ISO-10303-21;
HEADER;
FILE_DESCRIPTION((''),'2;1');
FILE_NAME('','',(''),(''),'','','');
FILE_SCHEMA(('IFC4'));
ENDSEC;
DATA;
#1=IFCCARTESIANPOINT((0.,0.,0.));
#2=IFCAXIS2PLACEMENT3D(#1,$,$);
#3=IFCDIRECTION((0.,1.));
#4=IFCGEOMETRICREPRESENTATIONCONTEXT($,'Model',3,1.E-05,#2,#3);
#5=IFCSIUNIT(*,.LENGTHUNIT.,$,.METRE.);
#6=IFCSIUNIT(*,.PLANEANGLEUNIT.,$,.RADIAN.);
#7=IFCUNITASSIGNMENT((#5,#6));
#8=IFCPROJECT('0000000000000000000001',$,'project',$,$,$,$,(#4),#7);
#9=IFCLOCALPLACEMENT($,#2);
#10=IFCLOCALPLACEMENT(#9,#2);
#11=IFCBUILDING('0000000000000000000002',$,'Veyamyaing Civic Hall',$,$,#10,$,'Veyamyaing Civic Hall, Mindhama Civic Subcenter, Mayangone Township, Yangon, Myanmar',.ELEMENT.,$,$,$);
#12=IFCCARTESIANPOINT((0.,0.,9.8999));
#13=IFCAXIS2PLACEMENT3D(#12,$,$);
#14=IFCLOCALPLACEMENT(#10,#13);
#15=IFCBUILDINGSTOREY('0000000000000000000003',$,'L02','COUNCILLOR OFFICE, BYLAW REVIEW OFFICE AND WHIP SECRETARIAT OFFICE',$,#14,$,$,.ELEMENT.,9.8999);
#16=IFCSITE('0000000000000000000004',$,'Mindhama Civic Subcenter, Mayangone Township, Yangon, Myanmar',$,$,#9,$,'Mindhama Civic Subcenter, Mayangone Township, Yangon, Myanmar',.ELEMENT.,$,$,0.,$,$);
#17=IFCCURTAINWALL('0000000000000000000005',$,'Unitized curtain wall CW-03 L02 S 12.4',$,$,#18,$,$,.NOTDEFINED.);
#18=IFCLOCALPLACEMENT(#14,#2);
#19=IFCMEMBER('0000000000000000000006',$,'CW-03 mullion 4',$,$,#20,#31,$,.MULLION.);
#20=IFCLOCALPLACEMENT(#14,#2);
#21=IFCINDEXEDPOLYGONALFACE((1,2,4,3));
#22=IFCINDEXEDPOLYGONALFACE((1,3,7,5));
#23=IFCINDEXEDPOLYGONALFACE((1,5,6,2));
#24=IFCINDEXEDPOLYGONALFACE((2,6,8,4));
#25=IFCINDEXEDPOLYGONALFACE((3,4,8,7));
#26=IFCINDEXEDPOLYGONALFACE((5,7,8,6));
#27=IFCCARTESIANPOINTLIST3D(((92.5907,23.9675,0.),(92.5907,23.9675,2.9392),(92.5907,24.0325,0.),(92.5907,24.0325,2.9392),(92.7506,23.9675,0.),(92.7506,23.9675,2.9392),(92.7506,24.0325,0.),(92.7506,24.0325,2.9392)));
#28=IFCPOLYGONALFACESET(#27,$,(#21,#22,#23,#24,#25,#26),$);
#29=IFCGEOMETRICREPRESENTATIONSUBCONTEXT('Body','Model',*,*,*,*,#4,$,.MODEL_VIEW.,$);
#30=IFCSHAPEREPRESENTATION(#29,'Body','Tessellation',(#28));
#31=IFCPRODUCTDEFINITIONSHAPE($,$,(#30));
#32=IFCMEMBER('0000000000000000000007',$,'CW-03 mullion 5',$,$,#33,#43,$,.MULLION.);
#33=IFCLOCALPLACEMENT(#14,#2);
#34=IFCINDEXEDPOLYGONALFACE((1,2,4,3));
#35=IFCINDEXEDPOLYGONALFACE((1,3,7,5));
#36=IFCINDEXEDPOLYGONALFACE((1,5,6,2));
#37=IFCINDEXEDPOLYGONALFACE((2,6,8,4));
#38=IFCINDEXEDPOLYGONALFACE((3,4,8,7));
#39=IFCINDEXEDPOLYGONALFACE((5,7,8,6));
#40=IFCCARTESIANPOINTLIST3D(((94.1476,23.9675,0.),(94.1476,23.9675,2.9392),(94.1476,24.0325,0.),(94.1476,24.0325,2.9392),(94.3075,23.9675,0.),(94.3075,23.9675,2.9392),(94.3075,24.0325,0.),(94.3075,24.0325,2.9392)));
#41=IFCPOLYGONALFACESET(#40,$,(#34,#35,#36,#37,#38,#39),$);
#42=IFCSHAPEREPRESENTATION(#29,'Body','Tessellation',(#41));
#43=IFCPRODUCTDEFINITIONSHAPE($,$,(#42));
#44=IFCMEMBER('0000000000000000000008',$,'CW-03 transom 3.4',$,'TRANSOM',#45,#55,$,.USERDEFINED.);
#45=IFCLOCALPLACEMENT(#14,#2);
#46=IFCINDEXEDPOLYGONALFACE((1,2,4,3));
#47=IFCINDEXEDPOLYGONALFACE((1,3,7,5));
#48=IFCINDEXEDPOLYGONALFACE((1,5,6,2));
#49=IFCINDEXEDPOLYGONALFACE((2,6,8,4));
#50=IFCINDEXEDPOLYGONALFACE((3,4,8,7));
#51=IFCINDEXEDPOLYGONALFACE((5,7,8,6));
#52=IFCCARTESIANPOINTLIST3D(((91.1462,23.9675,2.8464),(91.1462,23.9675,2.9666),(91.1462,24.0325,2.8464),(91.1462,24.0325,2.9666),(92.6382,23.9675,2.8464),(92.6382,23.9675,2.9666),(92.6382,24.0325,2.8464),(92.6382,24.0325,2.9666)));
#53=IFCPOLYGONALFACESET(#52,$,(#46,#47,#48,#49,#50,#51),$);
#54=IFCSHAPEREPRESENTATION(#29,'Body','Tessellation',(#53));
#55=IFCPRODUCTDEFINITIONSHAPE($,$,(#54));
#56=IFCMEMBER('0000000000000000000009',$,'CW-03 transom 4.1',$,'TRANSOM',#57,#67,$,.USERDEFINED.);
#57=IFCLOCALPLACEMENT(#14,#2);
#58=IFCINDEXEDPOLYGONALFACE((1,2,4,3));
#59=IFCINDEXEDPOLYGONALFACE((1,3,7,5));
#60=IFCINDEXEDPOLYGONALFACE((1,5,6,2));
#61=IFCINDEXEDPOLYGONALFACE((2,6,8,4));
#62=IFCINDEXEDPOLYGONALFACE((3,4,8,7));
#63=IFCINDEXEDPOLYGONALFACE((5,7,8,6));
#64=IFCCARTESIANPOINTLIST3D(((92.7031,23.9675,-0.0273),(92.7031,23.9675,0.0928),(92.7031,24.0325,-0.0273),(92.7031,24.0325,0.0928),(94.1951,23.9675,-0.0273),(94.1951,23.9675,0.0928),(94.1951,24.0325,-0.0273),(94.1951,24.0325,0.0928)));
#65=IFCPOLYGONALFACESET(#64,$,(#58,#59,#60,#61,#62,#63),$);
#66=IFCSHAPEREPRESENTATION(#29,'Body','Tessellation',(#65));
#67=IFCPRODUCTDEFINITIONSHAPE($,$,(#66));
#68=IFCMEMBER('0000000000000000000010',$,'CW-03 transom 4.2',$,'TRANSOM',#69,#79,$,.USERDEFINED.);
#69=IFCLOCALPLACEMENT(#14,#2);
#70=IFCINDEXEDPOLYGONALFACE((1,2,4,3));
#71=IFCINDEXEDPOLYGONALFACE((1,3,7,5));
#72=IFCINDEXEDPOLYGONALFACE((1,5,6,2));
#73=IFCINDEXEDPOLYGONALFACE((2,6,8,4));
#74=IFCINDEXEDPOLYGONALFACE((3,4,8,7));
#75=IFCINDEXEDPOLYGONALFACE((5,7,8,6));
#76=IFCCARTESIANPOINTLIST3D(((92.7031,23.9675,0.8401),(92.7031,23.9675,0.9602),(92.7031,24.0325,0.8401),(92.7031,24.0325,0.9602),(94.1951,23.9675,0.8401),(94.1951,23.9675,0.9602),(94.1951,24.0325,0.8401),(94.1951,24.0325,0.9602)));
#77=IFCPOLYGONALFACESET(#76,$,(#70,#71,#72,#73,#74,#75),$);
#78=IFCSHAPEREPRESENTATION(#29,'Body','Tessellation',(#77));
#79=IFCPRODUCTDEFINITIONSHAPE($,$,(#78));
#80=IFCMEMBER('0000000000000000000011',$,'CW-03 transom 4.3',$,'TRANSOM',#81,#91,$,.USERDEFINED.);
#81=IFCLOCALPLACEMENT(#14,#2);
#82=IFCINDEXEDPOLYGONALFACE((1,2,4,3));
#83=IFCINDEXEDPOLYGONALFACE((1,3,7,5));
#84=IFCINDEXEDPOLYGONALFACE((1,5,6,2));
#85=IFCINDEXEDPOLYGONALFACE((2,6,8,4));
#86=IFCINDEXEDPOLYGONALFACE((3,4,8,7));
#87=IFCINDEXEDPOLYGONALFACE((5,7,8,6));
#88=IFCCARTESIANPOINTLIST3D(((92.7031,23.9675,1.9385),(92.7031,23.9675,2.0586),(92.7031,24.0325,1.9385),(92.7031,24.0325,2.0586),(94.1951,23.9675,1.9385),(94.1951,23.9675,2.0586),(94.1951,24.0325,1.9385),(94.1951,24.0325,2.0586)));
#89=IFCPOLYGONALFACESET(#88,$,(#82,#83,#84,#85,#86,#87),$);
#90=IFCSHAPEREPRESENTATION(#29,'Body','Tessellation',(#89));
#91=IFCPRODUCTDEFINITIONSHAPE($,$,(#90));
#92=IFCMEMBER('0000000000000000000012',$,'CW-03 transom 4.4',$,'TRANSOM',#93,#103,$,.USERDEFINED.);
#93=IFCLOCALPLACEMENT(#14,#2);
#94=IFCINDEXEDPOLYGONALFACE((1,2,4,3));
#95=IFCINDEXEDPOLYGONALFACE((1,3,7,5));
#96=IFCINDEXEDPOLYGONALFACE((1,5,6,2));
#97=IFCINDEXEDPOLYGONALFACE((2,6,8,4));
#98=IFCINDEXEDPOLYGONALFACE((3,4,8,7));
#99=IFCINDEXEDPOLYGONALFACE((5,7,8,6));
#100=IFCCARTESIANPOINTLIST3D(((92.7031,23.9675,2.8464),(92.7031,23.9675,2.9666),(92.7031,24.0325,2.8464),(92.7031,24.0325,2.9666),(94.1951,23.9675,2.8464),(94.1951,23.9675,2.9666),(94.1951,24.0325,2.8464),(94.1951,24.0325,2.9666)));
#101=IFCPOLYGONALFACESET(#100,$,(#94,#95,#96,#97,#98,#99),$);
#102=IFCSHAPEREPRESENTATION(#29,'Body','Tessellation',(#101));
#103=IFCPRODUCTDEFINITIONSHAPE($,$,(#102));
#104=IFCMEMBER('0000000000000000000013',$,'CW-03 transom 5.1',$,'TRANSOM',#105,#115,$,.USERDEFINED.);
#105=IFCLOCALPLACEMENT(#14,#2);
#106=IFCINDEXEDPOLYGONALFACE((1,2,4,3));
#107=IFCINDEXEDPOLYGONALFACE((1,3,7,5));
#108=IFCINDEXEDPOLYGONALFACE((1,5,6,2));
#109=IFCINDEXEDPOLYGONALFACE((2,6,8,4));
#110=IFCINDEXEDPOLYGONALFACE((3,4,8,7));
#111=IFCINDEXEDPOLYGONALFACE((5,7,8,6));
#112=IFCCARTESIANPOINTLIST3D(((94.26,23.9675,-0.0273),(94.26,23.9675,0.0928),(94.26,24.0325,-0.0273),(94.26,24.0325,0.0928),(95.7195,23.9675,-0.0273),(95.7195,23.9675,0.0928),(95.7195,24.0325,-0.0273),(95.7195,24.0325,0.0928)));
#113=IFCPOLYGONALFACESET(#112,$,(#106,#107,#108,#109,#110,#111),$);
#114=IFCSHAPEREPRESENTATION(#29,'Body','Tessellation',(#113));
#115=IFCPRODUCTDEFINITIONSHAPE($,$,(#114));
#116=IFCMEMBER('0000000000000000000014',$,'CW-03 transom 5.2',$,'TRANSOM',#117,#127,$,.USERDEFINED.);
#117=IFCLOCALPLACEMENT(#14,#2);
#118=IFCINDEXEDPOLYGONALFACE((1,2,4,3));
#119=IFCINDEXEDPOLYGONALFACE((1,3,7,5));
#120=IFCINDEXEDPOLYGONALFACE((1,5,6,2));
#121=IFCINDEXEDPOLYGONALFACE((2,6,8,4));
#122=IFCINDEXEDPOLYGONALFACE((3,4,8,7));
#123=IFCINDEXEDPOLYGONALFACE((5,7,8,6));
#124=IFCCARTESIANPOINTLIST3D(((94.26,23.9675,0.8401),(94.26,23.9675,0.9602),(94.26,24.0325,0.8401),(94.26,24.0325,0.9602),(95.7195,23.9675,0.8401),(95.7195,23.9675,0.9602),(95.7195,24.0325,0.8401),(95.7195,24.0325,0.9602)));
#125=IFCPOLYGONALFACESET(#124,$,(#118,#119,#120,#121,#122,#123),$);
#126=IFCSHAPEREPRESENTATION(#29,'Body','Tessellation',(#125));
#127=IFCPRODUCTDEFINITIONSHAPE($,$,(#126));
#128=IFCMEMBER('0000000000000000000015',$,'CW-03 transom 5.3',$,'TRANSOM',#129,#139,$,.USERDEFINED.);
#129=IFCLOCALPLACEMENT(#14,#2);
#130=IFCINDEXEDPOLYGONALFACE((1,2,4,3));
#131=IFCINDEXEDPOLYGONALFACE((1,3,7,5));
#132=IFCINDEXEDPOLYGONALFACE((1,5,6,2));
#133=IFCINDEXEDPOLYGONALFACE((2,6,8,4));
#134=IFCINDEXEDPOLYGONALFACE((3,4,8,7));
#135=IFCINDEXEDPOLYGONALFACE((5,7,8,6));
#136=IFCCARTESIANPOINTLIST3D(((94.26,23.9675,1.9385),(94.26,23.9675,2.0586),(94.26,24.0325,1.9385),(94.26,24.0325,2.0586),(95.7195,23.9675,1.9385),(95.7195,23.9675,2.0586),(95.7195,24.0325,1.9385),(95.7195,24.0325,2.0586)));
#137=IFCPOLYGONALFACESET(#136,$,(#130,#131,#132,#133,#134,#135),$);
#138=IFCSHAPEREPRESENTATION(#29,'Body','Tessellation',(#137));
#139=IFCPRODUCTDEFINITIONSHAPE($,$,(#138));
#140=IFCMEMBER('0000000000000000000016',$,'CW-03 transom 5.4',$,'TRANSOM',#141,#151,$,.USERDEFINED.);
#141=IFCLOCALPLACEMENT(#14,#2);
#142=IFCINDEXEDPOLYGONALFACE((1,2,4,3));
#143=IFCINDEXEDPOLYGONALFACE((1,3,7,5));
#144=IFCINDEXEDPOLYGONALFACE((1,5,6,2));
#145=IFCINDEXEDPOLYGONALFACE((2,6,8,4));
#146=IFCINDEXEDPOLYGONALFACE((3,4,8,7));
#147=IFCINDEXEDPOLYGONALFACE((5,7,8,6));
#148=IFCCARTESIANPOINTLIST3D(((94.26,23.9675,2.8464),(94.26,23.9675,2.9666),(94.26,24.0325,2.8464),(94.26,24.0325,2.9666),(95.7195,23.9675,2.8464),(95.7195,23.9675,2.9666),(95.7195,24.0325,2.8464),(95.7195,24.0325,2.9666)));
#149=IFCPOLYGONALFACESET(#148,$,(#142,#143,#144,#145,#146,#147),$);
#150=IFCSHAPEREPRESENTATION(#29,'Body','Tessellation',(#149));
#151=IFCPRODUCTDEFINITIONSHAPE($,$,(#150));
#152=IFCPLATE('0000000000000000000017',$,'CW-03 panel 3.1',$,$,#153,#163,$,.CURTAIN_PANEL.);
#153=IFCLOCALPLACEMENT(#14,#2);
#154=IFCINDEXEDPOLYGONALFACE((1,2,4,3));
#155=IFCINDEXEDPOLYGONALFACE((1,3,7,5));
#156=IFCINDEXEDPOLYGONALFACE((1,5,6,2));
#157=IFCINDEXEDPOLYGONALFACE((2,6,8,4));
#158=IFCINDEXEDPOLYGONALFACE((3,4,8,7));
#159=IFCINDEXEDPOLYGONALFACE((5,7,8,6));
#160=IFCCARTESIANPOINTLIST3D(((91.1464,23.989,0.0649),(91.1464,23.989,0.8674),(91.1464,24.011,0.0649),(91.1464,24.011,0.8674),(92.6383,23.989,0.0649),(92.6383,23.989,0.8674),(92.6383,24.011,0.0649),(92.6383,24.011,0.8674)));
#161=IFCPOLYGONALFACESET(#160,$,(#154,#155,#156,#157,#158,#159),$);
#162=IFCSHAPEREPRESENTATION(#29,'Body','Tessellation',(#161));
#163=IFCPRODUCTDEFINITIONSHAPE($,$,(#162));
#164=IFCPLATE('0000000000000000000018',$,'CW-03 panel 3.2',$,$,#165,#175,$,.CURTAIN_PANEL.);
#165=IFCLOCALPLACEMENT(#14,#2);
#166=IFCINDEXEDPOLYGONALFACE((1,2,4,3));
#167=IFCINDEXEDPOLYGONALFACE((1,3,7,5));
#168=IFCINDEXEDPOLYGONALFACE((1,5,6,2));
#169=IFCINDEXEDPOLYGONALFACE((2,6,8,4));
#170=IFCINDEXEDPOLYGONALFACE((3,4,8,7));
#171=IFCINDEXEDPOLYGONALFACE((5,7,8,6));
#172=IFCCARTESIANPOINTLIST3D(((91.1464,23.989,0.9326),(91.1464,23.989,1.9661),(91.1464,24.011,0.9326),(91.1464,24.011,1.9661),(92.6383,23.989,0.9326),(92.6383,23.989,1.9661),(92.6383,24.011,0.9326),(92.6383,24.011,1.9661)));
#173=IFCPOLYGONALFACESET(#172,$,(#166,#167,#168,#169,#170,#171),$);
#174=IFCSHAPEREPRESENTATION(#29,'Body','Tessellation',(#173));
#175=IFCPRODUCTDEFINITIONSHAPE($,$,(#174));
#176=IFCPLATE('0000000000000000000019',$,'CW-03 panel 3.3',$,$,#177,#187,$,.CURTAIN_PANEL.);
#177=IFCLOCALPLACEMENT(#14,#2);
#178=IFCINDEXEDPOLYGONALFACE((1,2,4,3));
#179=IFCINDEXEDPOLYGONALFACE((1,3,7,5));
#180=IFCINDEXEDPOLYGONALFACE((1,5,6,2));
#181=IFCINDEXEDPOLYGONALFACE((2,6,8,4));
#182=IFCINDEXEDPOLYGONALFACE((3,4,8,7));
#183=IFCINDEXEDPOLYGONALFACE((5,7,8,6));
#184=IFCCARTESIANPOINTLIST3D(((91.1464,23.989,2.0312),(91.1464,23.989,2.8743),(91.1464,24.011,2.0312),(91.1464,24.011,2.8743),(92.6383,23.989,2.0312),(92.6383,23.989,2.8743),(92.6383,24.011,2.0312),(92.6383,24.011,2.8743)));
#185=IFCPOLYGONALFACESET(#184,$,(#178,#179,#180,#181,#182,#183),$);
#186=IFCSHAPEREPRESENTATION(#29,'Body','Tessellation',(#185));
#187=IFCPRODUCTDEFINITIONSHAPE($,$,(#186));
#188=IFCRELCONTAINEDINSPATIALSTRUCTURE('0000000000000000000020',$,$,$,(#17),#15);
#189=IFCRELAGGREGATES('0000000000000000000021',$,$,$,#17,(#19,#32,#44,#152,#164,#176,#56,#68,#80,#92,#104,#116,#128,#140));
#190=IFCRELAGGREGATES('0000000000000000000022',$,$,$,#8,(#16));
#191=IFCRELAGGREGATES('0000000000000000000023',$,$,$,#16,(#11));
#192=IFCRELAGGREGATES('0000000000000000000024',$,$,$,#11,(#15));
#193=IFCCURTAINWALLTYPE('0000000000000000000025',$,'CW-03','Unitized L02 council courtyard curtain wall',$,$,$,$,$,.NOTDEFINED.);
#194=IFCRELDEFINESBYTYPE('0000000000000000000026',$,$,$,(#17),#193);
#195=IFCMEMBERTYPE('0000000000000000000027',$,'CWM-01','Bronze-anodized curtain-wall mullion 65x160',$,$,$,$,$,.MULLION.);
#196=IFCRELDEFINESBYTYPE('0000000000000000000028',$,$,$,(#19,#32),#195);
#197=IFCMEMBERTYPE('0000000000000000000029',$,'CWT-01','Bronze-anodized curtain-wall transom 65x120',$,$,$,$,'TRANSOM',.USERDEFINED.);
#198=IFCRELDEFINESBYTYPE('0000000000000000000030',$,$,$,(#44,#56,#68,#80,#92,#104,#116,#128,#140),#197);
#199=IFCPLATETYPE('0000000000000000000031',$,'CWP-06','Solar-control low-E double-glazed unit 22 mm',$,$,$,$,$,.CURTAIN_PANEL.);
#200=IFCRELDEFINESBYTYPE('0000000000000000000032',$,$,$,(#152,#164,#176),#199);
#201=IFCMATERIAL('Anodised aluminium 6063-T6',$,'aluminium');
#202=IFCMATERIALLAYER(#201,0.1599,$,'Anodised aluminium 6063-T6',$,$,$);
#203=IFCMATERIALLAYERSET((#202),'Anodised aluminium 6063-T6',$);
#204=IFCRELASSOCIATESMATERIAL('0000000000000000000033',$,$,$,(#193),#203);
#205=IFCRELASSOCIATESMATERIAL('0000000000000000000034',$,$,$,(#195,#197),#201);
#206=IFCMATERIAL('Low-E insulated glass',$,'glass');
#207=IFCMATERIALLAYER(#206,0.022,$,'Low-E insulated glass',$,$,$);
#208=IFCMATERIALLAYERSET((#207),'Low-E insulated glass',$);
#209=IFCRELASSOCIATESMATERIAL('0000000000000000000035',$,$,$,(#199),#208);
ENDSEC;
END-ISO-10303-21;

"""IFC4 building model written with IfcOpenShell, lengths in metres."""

from ifc_helpers import new_model, si_unit, direction, frame, origin, origin_2d, place, context, subcontext, project, spatial, rectangle, extrude, material, layer, layer_set, material_profile, profile_set, type_object, element, aggregate, save


model = new_model("IFC4")

# Units and contexts
model_context = context("Model", 3, precision=1e-05, world=origin(), true_north=direction((0.0, 1.0)))
body_context = subcontext(model_context, "Body", "Model", "MODEL_VIEW")
ifc_project = project(units=[si_unit("LENGTHUNIT", "METRE"), si_unit("PLANEANGLEUNIT", "RADIAN")], contexts=[model_context])

# Site, building, storey
site_placement = place(None, origin())
site = spatial("IfcSite", under=ifc_project, at=site_placement, Name="Mindhama Civic Subcenter, Mayangone Township, Yangon, Myanmar", LongName="Mindhama Civic Subcenter, Mayangone Township, Yangon, Myanmar", CompositionType="ELEMENT", RefElevation=0.0)
building_placement = place(site_placement, origin())
building = spatial("IfcBuilding", under=site, at=building_placement, Name="Veyamyaing Civic Hall", LongName="Veyamyaing Civic Hall, Mindhama Civic Subcenter, Mayangone Township, Yangon, Myanmar", CompositionType="ELEMENT")
storey_placement = place(building_placement, frame((0.0, 0.0, 9.8999)))
storey = spatial("IfcBuildingStorey", under=building, at=storey_placement, Name="L02", Description="COUNCILLOR OFFICE, BYLAW REVIEW OFFICE AND WHIP SECRETARIAT OFFICE", CompositionType="ELEMENT", Elevation=9.8999)

# Curtain wall, members, plates
ifc_material_1 = material(Name="Anodised aluminium 6063-T6", Category="aluminium")
ifc_layer_1 = layer(ifc_material_1, 0.1599, Name="Anodised aluminium 6063-T6")
ifc_layer_set_1 = layer_set([ifc_layer_1], Name="Anodised aluminium 6063-T6")
curtain_wall_type = type_object("IfcCurtainWallType", Name="CW-03", Description="Unitized L02 council courtyard curtain wall", PredefinedType="NOTDEFINED", material=ifc_layer_set_1)
curtain_wall_placement = place(storey_placement, origin())
curtain_wall = element("IfcCurtainWall", 1, at=curtain_wall_placement, inside=storey, type_object=curtain_wall_type, Name="Unitized curtain wall CW-03 L02 S 12.4", PredefinedType="NOTDEFINED")
ifc_material_profile_1 = material_profile(ifc_material_1, rectangle(XDim=0.0649, YDim=0.1599, at=origin_2d()), Name="ALU-MUL-65X160")
ifc_profile_set_1 = profile_set([ifc_material_profile_1], Name="Anodised aluminium 6063-T6")
member_type_1 = type_object("IfcMemberType", Name="CWM-01", Description="Bronze-anodized curtain-wall mullion 65x160", PredefinedType="MULLION", material=ifc_profile_set_1)
member_1_placement = place(storey_placement, frame((92.6707, 24.0, 0.0), z_axis=(0.0, 0.0, 1.0), x_axis=(0.0, 1.0, 0.0)))
member_1 = element("IfcMember", 2, at=member_1_placement, type_object=member_type_1, Name="CW-03 mullion 4", PredefinedType="MULLION", context=body_context, shape_type="SweptSolid", body=[
    extrude(rectangle(XDim=0.0649, YDim=0.1599, at=origin_2d()), origin(), (0.0, 0.0, 1.0), 2.9392),
])
member_2_placement = place(storey_placement, frame((94.2275, 24.0, 0.0), z_axis=(0.0, 0.0, 1.0), x_axis=(0.0, 1.0, 0.0)))
member_2 = element("IfcMember", 3, at=member_2_placement, type_object=member_type_1, Name="CW-03 mullion 5", PredefinedType="MULLION", context=body_context, shape_type="SweptSolid", body=[
    extrude(rectangle(XDim=0.0649, YDim=0.1599, at=origin_2d()), origin(), (0.0, 0.0, 1.0), 2.9392),
])
ifc_material_profile_2 = material_profile(ifc_material_1, rectangle(XDim=0.0649, YDim=0.1201, at=origin_2d()), Name="ALU-TRN-65X120")
ifc_profile_set_2 = profile_set([ifc_material_profile_2], Name="Anodised aluminium 6063-T6")
member_type_2 = type_object("IfcMemberType", Name="CWT-01", Description="Bronze-anodized curtain-wall transom 65x120", ElementType="TRANSOM", PredefinedType="USERDEFINED", material=ifc_profile_set_2)
member_3_placement = place(storey_placement, frame((91.1462, 24.0, 2.9065), z_axis=(1.0, 0.0, 0.0), x_axis=(0.0, 1.0, 0.0)))
member_3 = element("IfcMember", 4, at=member_3_placement, type_object=member_type_2, Name="CW-03 transom 3.4", ObjectType="TRANSOM", PredefinedType="USERDEFINED", context=body_context, shape_type="SweptSolid", body=[
    extrude(rectangle(XDim=0.0649, YDim=0.1201, at=origin_2d()), origin(), (0.0, 0.0, 1.0), 1.4919),
])
member_4_placement = place(storey_placement, frame((92.7031, 24.0, 0.0327), z_axis=(1.0, 0.0, 0.0), x_axis=(0.0, 1.0, 0.0)))
member_4 = element("IfcMember", 5, at=member_4_placement, type_object=member_type_2, Name="CW-03 transom 4.1", ObjectType="TRANSOM", PredefinedType="USERDEFINED", context=body_context, shape_type="SweptSolid", body=[
    extrude(rectangle(XDim=0.0649, YDim=0.1201, at=origin_2d()), origin(), (0.0, 0.0, 1.0), 1.4919),
])
member_5_placement = place(storey_placement, frame((92.7031, 24.0, 0.9001), z_axis=(1.0, 0.0, 0.0), x_axis=(0.0, 1.0, 0.0)))
member_5 = element("IfcMember", 6, at=member_5_placement, type_object=member_type_2, Name="CW-03 transom 4.2", ObjectType="TRANSOM", PredefinedType="USERDEFINED", context=body_context, shape_type="SweptSolid", body=[
    extrude(rectangle(XDim=0.0649, YDim=0.1201, at=origin_2d()), origin(), (0.0, 0.0, 1.0), 1.4919),
])
member_6_placement = place(storey_placement, frame((92.7031, 24.0, 1.9985), z_axis=(1.0, 0.0, 0.0), x_axis=(0.0, 1.0, 0.0)))
member_6 = element("IfcMember", 7, at=member_6_placement, type_object=member_type_2, Name="CW-03 transom 4.3", ObjectType="TRANSOM", PredefinedType="USERDEFINED", context=body_context, shape_type="SweptSolid", body=[
    extrude(rectangle(XDim=0.0649, YDim=0.1201, at=origin_2d()), origin(), (0.0, 0.0, 1.0), 1.4919),
])
member_7_placement = place(storey_placement, frame((92.7031, 24.0, 2.9065), z_axis=(1.0, 0.0, 0.0), x_axis=(0.0, 1.0, 0.0)))
member_7 = element("IfcMember", 8, at=member_7_placement, type_object=member_type_2, Name="CW-03 transom 4.4", ObjectType="TRANSOM", PredefinedType="USERDEFINED", context=body_context, shape_type="SweptSolid", body=[
    extrude(rectangle(XDim=0.0649, YDim=0.1201, at=origin_2d()), origin(), (0.0, 0.0, 1.0), 1.4919),
])
member_8_placement = place(storey_placement, frame((94.26, 24.0, 0.0327), z_axis=(1.0, 0.0, 0.0), x_axis=(0.0, 1.0, 0.0)))
member_8 = element("IfcMember", 9, at=member_8_placement, type_object=member_type_2, Name="CW-03 transom 5.1", ObjectType="TRANSOM", PredefinedType="USERDEFINED", context=body_context, shape_type="SweptSolid", body=[
    extrude(rectangle(XDim=0.0649, YDim=0.1201, at=origin_2d()), origin(), (0.0, 0.0, 1.0), 1.4595),
])
member_9_placement = place(storey_placement, frame((94.26, 24.0, 0.9001), z_axis=(1.0, 0.0, 0.0), x_axis=(0.0, 1.0, 0.0)))
member_9 = element("IfcMember", 10, at=member_9_placement, type_object=member_type_2, Name="CW-03 transom 5.2", ObjectType="TRANSOM", PredefinedType="USERDEFINED", context=body_context, shape_type="SweptSolid", body=[
    extrude(rectangle(XDim=0.0649, YDim=0.1201, at=origin_2d()), origin(), (0.0, 0.0, 1.0), 1.4595),
])
member_10_placement = place(storey_placement, frame((94.26, 24.0, 1.9985), z_axis=(1.0, 0.0, 0.0), x_axis=(0.0, 1.0, 0.0)))
member_10 = element("IfcMember", 11, at=member_10_placement, type_object=member_type_2, Name="CW-03 transom 5.3", ObjectType="TRANSOM", PredefinedType="USERDEFINED", context=body_context, shape_type="SweptSolid", body=[
    extrude(rectangle(XDim=0.0649, YDim=0.1201, at=origin_2d()), origin(), (0.0, 0.0, 1.0), 1.4595),
])
member_11_placement = place(storey_placement, frame((94.26, 24.0, 2.9065), z_axis=(1.0, 0.0, 0.0), x_axis=(0.0, 1.0, 0.0)))
member_11 = element("IfcMember", 12, at=member_11_placement, type_object=member_type_2, Name="CW-03 transom 5.4", ObjectType="TRANSOM", PredefinedType="USERDEFINED", context=body_context, shape_type="SweptSolid", body=[
    extrude(rectangle(XDim=0.0649, YDim=0.1201, at=origin_2d()), origin(), (0.0, 0.0, 1.0), 1.4595),
])
ifc_material_2 = material(Name="Low-E insulated glass", Category="glass")
ifc_layer_2 = layer(ifc_material_2, 0.022, Name="Low-E insulated glass")
ifc_layer_set_2 = layer_set([ifc_layer_2], Name="Low-E insulated glass")
plate_type = type_object("IfcPlateType", Name="CWP-06", Description="Solar-control low-E double-glazed unit 22 mm", PredefinedType="CURTAIN_PANEL", material=ifc_layer_set_2)
plate_1_placement = place(storey_placement, frame((91.8923, 24.0, 0.0649), z_axis=(0.0, 0.0, 1.0), x_axis=(1.0, 0.0, 0.0)))
plate_1 = element("IfcPlate", 13, at=plate_1_placement, type_object=plate_type, Name="CW-03 panel 3.1", PredefinedType="CURTAIN_PANEL", context=body_context, shape_type="SweptSolid", body=[
    extrude(rectangle(XDim=1.4919, YDim=0.022, at=origin_2d()), origin(), (0.0, 0.0, 1.0), 0.8025),
])
plate_2_placement = place(storey_placement, frame((91.8923, 24.0, 0.9326), z_axis=(0.0, 0.0, 1.0), x_axis=(1.0, 0.0, 0.0)))
plate_2 = element("IfcPlate", 14, at=plate_2_placement, type_object=plate_type, Name="CW-03 panel 3.2", PredefinedType="CURTAIN_PANEL", context=body_context, shape_type="SweptSolid", body=[
    extrude(rectangle(XDim=1.4919, YDim=0.022, at=origin_2d()), origin(), (0.0, 0.0, 1.0), 1.0334),
])
plate_3_placement = place(storey_placement, frame((91.8923, 24.0, 2.0312), z_axis=(0.0, 0.0, 1.0), x_axis=(1.0, 0.0, 0.0)))
plate_3 = element("IfcPlate", 15, at=plate_3_placement, type_object=plate_type, Name="CW-03 panel 3.3", PredefinedType="CURTAIN_PANEL", context=body_context, shape_type="SweptSolid", body=[
    extrude(rectangle(XDim=1.4919, YDim=0.022, at=origin_2d()), origin(), (0.0, 0.0, 1.0), 0.843),
])
aggregate(curtain_wall, [member_1, member_2, member_3, plate_1, plate_2, plate_3, member_4, member_5, member_6, member_7, member_8, member_9, member_10, member_11])

save(model, "model.ifc")
